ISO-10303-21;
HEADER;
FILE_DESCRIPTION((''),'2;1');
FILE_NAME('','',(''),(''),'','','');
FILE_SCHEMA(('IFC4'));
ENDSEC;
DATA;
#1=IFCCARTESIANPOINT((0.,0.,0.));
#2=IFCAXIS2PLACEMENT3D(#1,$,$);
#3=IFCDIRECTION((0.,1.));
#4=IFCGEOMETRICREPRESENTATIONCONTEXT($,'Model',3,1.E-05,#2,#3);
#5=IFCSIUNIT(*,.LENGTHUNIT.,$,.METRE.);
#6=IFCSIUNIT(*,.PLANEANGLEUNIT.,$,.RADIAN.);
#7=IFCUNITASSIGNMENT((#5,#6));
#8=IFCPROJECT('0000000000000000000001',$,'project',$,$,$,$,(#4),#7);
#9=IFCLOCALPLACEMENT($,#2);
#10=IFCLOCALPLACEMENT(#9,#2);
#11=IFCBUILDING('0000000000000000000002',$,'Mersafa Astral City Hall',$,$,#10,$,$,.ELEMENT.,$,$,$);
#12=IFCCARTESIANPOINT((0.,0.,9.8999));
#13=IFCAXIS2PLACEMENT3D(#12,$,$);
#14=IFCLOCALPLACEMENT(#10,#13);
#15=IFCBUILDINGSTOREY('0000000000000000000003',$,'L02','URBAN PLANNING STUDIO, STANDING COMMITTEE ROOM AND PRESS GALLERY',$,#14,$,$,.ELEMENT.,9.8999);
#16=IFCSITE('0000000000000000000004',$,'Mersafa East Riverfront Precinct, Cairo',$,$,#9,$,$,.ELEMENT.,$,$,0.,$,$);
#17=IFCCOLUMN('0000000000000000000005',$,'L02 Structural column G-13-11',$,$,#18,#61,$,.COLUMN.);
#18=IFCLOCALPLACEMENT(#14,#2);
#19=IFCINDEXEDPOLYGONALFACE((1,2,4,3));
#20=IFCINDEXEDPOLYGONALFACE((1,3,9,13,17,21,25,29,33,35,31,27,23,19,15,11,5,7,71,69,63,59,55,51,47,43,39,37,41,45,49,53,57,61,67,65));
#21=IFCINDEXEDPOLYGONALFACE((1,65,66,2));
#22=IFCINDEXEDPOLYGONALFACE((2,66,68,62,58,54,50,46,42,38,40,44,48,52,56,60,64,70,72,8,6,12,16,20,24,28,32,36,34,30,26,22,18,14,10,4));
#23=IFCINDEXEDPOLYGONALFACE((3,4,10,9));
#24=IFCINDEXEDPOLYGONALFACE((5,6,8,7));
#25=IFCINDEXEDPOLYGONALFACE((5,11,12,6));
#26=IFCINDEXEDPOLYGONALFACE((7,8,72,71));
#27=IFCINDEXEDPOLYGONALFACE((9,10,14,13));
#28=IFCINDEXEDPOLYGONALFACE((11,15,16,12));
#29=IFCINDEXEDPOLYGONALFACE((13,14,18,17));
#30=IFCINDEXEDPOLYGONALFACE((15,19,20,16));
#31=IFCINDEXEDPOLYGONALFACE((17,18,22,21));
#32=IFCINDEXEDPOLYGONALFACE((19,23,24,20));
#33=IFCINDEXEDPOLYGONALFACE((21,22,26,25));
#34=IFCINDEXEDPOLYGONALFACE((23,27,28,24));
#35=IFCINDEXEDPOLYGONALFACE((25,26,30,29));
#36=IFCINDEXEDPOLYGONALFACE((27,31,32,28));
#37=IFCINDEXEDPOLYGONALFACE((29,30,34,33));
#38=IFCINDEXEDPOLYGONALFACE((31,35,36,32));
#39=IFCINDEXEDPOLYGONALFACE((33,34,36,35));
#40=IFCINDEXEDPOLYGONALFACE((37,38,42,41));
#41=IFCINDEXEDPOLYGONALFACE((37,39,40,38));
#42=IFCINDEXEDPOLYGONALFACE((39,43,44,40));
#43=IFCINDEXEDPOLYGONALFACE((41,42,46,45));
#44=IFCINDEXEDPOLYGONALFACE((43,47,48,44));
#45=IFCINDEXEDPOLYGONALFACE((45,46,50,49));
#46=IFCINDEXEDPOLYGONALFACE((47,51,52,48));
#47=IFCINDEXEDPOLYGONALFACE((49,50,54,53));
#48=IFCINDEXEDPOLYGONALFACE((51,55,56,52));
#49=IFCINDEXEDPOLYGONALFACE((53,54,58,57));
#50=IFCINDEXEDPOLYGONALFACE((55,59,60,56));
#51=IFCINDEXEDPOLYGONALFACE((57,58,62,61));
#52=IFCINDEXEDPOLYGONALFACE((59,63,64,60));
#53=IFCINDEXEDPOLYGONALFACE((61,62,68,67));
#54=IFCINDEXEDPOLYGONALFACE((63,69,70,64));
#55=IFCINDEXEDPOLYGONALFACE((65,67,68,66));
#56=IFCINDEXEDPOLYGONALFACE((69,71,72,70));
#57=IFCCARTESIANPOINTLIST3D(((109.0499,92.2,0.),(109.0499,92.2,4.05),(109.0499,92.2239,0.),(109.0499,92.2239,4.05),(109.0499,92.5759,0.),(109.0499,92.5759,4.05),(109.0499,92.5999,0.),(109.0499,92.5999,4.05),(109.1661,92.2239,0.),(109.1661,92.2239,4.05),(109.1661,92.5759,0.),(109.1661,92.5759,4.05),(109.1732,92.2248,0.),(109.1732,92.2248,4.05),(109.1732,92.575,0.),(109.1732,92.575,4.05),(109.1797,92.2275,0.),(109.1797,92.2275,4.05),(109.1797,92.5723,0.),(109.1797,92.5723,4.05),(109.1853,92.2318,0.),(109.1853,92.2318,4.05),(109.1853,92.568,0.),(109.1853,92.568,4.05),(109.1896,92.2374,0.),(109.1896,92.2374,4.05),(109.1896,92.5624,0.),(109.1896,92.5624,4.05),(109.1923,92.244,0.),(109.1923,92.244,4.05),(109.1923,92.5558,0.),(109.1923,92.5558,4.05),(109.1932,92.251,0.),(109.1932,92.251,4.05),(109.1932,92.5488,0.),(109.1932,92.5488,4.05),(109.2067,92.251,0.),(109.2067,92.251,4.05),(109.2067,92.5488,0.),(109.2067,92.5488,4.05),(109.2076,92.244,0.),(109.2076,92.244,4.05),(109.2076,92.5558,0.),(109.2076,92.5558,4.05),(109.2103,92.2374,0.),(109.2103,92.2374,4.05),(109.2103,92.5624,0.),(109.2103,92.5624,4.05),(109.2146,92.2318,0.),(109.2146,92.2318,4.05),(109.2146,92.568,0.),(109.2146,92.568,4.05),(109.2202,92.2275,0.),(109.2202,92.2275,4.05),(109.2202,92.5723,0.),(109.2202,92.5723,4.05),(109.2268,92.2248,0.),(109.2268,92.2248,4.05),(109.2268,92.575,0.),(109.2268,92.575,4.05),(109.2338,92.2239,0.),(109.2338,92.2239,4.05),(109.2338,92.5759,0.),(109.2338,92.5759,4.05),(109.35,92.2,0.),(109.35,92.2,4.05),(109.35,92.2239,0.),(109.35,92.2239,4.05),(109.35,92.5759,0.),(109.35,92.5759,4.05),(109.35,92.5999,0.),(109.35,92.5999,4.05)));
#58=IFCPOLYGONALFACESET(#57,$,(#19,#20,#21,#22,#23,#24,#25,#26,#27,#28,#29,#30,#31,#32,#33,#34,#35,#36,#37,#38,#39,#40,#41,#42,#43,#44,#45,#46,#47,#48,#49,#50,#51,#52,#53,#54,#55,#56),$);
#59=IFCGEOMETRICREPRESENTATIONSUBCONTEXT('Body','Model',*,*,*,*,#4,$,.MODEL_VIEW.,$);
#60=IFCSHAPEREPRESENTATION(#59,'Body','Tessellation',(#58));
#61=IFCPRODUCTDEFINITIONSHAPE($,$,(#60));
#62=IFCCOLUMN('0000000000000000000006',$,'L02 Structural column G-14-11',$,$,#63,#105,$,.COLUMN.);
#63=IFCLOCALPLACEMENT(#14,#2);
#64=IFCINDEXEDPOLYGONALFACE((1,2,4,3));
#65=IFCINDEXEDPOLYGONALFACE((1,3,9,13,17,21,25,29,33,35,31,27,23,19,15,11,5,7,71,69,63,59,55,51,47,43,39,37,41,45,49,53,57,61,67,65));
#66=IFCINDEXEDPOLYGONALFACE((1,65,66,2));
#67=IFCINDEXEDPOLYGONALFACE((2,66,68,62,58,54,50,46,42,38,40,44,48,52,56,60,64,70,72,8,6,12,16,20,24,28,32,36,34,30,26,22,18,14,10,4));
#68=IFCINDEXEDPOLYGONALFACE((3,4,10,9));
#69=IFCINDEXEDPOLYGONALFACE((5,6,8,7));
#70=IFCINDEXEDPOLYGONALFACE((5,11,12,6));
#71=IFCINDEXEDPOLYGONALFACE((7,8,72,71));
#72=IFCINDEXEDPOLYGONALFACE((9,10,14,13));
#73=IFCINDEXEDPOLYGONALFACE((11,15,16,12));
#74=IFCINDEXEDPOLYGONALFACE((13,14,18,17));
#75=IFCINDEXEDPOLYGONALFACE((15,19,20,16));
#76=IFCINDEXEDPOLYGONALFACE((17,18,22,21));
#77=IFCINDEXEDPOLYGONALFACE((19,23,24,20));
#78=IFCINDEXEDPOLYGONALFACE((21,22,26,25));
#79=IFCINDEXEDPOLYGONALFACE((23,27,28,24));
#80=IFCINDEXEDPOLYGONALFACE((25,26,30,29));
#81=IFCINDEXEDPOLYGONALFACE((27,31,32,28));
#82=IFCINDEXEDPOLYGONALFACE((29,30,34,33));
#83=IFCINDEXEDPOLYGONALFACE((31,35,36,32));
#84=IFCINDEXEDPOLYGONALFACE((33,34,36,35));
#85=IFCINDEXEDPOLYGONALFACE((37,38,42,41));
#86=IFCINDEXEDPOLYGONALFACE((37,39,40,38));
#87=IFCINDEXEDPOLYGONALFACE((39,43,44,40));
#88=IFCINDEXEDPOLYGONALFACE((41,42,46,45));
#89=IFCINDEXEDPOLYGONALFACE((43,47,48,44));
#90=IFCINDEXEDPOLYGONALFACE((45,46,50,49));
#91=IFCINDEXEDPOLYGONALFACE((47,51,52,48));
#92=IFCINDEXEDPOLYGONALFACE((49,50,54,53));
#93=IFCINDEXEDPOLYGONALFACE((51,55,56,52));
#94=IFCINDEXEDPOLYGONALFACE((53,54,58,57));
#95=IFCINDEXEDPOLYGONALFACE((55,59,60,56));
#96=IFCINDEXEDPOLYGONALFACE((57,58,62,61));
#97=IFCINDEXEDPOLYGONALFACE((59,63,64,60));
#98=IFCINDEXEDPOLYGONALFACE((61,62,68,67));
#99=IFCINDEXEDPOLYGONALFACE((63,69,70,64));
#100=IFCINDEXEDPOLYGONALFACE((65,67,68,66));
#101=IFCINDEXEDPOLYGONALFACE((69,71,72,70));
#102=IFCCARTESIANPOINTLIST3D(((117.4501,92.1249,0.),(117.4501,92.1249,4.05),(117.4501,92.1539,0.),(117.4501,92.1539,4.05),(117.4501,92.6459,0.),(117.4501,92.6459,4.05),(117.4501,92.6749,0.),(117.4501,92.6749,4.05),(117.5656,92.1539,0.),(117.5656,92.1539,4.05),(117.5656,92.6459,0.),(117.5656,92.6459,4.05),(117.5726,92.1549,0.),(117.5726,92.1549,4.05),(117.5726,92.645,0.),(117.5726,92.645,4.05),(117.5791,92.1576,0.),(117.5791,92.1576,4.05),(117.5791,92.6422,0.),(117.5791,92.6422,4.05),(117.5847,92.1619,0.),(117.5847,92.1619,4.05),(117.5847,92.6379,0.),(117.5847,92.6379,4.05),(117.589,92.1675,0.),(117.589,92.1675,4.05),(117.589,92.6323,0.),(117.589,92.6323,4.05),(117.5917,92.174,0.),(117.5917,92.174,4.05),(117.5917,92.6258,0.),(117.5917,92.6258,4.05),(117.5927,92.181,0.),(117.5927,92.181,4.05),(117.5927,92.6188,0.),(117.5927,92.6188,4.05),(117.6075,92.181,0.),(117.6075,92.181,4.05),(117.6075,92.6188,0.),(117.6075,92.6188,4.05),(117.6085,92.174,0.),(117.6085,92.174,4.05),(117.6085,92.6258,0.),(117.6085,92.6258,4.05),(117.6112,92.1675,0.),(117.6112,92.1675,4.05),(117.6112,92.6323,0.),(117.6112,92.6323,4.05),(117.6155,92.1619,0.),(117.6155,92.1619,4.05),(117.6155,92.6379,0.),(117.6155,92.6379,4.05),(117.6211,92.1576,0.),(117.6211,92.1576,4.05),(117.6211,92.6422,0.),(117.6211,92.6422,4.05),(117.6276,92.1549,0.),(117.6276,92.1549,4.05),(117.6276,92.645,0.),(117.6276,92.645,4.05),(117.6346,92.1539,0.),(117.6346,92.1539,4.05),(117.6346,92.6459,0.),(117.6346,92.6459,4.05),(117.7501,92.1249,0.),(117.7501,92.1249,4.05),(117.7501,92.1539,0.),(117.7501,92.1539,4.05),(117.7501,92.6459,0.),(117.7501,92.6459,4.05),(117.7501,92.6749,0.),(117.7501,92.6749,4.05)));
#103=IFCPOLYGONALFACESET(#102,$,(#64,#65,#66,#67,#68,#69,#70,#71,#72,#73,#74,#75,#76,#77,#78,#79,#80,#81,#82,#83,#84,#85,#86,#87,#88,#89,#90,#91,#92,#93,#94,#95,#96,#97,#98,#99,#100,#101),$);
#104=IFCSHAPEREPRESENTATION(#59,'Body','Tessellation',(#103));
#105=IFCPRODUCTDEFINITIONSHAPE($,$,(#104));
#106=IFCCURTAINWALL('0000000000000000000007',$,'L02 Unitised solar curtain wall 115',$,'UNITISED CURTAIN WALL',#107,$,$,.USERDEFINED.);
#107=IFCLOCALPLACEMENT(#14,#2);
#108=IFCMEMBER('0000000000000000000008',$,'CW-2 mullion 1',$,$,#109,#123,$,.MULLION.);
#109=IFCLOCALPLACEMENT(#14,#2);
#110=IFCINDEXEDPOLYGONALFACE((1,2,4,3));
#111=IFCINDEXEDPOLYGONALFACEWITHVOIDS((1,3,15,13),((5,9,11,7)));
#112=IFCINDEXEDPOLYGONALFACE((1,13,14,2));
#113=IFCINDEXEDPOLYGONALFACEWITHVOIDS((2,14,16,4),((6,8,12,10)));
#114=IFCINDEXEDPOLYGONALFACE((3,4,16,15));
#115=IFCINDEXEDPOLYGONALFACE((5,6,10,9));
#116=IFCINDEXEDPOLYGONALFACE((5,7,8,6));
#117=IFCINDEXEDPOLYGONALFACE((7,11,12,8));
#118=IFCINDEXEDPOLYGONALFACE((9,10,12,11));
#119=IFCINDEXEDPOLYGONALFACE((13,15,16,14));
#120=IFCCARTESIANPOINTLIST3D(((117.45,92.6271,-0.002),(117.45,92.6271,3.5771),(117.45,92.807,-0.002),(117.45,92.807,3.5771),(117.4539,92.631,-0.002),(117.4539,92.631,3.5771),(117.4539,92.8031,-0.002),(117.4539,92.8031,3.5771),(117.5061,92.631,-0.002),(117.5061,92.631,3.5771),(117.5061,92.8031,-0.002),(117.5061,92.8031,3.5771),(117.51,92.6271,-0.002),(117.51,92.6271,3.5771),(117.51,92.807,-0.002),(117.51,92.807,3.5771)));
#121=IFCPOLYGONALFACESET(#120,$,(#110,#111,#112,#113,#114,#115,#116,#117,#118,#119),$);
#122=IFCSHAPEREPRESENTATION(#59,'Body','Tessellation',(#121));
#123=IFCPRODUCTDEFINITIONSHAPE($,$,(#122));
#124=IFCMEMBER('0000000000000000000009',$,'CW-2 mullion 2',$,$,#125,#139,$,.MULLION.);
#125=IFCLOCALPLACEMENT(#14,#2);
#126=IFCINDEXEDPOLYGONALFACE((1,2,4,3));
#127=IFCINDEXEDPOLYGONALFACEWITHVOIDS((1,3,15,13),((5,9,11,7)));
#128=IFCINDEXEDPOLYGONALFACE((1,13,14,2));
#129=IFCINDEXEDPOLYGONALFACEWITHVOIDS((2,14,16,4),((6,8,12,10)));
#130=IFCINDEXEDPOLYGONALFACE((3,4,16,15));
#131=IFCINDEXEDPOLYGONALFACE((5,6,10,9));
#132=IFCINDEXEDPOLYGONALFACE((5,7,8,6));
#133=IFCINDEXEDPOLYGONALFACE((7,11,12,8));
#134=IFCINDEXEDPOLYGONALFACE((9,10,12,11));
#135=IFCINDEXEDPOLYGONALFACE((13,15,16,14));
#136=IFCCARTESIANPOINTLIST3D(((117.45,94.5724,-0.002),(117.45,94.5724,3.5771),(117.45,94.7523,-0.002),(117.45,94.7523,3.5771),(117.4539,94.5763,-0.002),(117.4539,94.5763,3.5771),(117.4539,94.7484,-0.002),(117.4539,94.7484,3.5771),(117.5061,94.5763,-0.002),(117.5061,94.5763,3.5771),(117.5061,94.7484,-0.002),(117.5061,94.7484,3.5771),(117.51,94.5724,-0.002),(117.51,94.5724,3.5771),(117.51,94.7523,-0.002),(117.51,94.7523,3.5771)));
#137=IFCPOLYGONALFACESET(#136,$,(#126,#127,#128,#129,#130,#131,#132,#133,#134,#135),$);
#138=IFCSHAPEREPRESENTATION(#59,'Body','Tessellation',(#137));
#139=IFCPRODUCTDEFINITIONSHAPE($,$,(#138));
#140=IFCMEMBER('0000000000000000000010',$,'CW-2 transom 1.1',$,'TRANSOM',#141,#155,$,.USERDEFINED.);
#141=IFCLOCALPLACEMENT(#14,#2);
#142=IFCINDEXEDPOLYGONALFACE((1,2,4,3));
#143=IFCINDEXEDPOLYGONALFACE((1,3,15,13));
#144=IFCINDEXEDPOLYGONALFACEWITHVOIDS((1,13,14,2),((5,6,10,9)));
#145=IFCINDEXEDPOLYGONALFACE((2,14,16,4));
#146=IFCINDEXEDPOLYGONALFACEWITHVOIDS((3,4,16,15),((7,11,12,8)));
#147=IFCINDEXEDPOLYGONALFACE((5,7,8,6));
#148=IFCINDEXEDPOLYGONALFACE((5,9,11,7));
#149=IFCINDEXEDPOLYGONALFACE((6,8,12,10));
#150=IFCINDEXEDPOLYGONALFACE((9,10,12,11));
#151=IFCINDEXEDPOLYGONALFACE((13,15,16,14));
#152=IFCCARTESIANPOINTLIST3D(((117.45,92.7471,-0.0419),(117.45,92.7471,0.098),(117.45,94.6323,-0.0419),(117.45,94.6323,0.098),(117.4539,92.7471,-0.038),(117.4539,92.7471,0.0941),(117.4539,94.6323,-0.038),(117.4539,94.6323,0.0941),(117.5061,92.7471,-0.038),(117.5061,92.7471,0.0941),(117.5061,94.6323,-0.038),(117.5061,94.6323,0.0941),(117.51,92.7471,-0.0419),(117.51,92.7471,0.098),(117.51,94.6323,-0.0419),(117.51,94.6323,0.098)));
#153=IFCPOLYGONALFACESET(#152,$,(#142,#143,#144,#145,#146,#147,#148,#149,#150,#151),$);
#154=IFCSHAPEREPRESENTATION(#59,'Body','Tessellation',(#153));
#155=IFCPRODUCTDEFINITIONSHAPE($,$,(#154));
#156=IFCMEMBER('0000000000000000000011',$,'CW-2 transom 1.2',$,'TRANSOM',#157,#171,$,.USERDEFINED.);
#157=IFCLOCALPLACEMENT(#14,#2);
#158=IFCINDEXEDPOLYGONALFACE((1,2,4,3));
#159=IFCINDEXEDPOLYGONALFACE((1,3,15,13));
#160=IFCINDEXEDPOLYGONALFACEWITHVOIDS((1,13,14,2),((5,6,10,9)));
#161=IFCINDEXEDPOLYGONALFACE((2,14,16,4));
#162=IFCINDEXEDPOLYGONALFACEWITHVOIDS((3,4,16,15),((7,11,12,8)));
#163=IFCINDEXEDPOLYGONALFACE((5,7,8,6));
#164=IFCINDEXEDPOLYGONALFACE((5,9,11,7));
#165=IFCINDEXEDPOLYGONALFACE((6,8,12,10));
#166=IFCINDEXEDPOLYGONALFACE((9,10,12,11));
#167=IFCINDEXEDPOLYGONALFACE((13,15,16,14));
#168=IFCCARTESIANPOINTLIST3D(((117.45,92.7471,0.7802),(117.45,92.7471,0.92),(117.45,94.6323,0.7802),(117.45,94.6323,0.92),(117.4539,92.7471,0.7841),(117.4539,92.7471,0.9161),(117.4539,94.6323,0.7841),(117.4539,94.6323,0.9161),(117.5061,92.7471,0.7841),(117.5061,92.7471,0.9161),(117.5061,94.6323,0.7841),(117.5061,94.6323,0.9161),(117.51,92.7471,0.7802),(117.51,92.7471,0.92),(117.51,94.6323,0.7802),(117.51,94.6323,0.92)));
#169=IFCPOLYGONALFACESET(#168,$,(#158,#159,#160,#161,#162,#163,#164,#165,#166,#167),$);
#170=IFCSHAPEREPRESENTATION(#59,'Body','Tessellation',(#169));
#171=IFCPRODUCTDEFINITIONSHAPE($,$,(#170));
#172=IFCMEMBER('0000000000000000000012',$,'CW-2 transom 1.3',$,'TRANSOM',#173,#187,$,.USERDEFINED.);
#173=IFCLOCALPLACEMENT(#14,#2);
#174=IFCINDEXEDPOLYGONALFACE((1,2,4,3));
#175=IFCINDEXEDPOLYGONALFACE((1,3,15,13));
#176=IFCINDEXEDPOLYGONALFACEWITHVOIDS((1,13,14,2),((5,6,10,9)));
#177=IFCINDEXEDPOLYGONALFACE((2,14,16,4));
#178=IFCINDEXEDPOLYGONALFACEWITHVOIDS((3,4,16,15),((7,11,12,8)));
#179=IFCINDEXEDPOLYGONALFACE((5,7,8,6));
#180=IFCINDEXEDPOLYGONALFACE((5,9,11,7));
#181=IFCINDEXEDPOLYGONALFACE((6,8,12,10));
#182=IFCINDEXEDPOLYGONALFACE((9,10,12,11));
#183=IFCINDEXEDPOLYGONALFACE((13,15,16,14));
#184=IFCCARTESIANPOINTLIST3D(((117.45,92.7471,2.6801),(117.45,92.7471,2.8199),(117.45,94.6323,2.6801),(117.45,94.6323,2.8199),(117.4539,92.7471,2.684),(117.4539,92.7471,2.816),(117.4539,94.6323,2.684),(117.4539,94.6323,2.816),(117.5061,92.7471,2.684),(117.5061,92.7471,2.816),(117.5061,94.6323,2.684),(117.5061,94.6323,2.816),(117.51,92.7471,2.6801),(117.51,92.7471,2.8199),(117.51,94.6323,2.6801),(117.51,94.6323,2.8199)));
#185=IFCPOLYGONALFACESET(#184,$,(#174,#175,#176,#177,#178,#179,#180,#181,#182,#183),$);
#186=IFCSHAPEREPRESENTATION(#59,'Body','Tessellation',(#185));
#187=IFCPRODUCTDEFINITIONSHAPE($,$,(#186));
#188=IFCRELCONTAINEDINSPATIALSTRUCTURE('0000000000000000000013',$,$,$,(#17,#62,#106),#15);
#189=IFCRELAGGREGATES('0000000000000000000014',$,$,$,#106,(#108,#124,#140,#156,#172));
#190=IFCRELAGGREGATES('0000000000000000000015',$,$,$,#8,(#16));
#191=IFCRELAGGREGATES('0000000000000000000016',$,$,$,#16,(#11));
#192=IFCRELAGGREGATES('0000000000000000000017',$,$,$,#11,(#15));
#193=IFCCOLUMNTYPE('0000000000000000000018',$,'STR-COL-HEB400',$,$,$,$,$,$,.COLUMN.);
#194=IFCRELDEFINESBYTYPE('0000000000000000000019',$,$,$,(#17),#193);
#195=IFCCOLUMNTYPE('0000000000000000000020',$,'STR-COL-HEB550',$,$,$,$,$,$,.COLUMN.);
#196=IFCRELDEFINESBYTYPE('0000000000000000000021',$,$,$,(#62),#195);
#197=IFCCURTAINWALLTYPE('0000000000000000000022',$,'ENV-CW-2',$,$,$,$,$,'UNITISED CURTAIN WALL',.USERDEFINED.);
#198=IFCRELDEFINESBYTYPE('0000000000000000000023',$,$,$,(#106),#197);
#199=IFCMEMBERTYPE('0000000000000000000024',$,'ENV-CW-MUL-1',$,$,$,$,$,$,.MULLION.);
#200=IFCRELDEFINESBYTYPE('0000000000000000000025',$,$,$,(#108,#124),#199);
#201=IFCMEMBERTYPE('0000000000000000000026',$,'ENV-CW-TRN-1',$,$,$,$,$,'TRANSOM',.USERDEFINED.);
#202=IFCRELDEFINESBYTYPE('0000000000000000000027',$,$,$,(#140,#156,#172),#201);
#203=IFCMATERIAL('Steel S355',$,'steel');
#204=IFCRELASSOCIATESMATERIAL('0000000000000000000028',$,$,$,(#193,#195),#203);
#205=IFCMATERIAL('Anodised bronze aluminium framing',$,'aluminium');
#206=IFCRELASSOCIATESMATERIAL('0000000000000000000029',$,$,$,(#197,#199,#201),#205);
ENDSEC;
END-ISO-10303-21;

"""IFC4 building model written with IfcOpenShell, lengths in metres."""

from ifc_helpers import new_model, si_unit, direction, frame, origin, origin_2d, place, context, subcontext, project, spatial, hollow_rectangle, i_section, extrude, material, material_profile, profile_set, type_object, element, aggregate, save


model = new_model("IFC4")

# Units and contexts
model_context = context("Model", 3, precision=1e-05, world=origin(), true_north=direction((0.0, 1.0)))
body_context = subcontext(model_context, "Body", "Model", "MODEL_VIEW")
ifc_project = project(units=[si_unit("LENGTHUNIT", "METRE"), si_unit("PLANEANGLEUNIT", "RADIAN")], contexts=[model_context])

# Site, building, storey
site_placement = place(None, origin())
site = spatial("IfcSite", under=ifc_project, at=site_placement, Name="Mersafa East Riverfront Precinct, Cairo", CompositionType="ELEMENT", RefElevation=0.0)
building_placement = place(site_placement, origin())
building = spatial("IfcBuilding", under=site, at=building_placement, Name="Mersafa Astral City Hall", CompositionType="ELEMENT")
storey_placement = place(building_placement, frame((0.0, 0.0, 9.8999)))
storey = spatial("IfcBuildingStorey", under=building, at=storey_placement, Name="L02", Description="URBAN PLANNING STUDIO, STANDING COMMITTEE ROOM AND PRESS GALLERY", CompositionType="ELEMENT", Elevation=9.8999)

# Columns
ifc_material_1 = material(Name="Steel S355", Category="steel")
ifc_material_profile_1 = material_profile(ifc_material_1, i_section(OverallWidth=0.3, OverallDepth=0.3999, WebThickness=0.0134, FlangeThickness=0.0239, FilletRadius=0.0271, at=origin_2d()), Name="HEB 400")
ifc_profile_set_1 = profile_set([ifc_material_profile_1], Name="Steel S355")
column_type_1 = type_object("IfcColumnType", Name="STR-COL-HEB400", PredefinedType="COLUMN", material=ifc_profile_set_1)
column_1_placement = place(storey_placement, frame((109.2, 92.3999, 0.0), z_axis=(0.0, 0.0, 1.0), x_axis=(1.0, 0.0, 0.0)))
element("IfcColumn", 1, at=column_1_placement, inside=storey, type_object=column_type_1, Name="L02 Structural column G-13-11", PredefinedType="COLUMN", context=body_context, shape_type="SweptSolid", body=[
    extrude(i_section(OverallWidth=0.3, OverallDepth=0.3999, WebThickness=0.0134, FlangeThickness=0.0239, FilletRadius=0.0271, at=origin_2d()), origin(), (0.0, 0.0, 1.0), 4.05),
])
ifc_material_profile_2 = material_profile(ifc_material_1, i_section(OverallWidth=0.3, OverallDepth=0.55, WebThickness=0.0149, FlangeThickness=0.0291, FilletRadius=0.0271, at=origin_2d()), Name="HEB 550")
ifc_profile_set_2 = profile_set([ifc_material_profile_2], Name="Steel S355")
column_type_2 = type_object("IfcColumnType", Name="STR-COL-HEB550", PredefinedType="COLUMN", material=ifc_profile_set_2)
column_2_placement = place(storey_placement, frame((117.6001, 92.3999, 0.0), z_axis=(0.0, 0.0, 1.0), x_axis=(1.0, 0.0, 0.0)))
element("IfcColumn", 2, at=column_2_placement, inside=storey, type_object=column_type_2, Name="L02 Structural column G-14-11", PredefinedType="COLUMN", context=body_context, shape_type="SweptSolid", body=[
    extrude(i_section(OverallWidth=0.3, OverallDepth=0.55, WebThickness=0.0149, FlangeThickness=0.0291, FilletRadius=0.0271, at=origin_2d()), origin(), (0.0, 0.0, 1.0), 4.05),
])

# Curtain wall, members
ifc_material_2 = material(Name="Anodised bronze aluminium framing", Category="aluminium")
curtain_wall_type = type_object("IfcCurtainWallType", Name="ENV-CW-2", ElementType="UNITISED CURTAIN WALL", PredefinedType="USERDEFINED", material=ifc_material_2)
curtain_wall_placement = place(storey_placement, origin())
curtain_wall = element("IfcCurtainWall", 3, at=curtain_wall_placement, inside=storey, type_object=curtain_wall_type, Name="L02 Unitised solar curtain wall 115", ObjectType="UNITISED CURTAIN WALL", PredefinedType="USERDEFINED")
ifc_material_profile_3 = material_profile(ifc_material_2, hollow_rectangle(XDim=0.0601, YDim=0.1799, WallThickness=0.0039, at=origin_2d()), Name="RHS 60x180x4")
ifc_profile_set_3 = profile_set([ifc_material_profile_3], Name="Anodised bronze aluminium framing")
member_type_1 = type_object("IfcMemberType", Name="ENV-CW-MUL-1", PredefinedType="MULLION", material=ifc_profile_set_3)
member_1_placement = place(storey_placement, frame((117.48, 92.717, -0.002), z_axis=(0.0, 0.0, 1.0), x_axis=(-1.0, 0.0, 0.0)))
member_1 = element("IfcMember", 4, at=member_1_placement, type_object=member_type_1, Name="CW-2 mullion 1", PredefinedType="MULLION", context=body_context, shape_type="SweptSolid", body=[
    extrude(hollow_rectangle(XDim=0.0601, YDim=0.1799, WallThickness=0.0039, at=origin_2d()), origin(), (0.0, 0.0, 1.0), 3.5791),
])
member_2_placement = place(storey_placement, frame((117.48, 94.6624, -0.002), z_axis=(0.0, 0.0, 1.0), x_axis=(-1.0, 0.0, 0.0)))
member_2 = element("IfcMember", 5, at=member_2_placement, type_object=member_type_1, Name="CW-2 mullion 2", PredefinedType="MULLION", context=body_context, shape_type="SweptSolid", body=[
    extrude(hollow_rectangle(XDim=0.0601, YDim=0.1799, WallThickness=0.0039, at=origin_2d()), origin(), (0.0, 0.0, 1.0), 3.5791),
])
ifc_material_profile_4 = material_profile(ifc_material_2, hollow_rectangle(XDim=0.0601, YDim=0.1399, WallThickness=0.0039, at=origin_2d()), Name="RHS 60x140x4")
ifc_profile_set_4 = profile_set([ifc_material_profile_4], Name="Anodised bronze aluminium framing")
member_type_2 = type_object("IfcMemberType", Name="ENV-CW-TRN-1", ElementType="TRANSOM", PredefinedType="USERDEFINED", material=ifc_profile_set_4)
member_3_placement = place(storey_placement, frame((117.48, 92.7471, 0.0281), z_axis=(0.0, 1.0, 0.0), x_axis=(-1.0, 0.0, 0.0)))
member_3 = element("IfcMember", 6, at=member_3_placement, type_object=member_type_2, Name="CW-2 transom 1.1", ObjectType="TRANSOM", PredefinedType="USERDEFINED", context=body_context, shape_type="SweptSolid", body=[
    extrude(hollow_rectangle(XDim=0.0601, YDim=0.1399, WallThickness=0.0039, at=origin_2d()), origin(), (0.0, 0.0, 1.0), 1.8853),
])
member_4_placement = place(storey_placement, frame((117.48, 92.7471, 0.8501), z_axis=(0.0, 1.0, 0.0), x_axis=(-1.0, 0.0, 0.0)))
member_4 = element("IfcMember", 7, at=member_4_placement, type_object=member_type_2, Name="CW-2 transom 1.2", ObjectType="TRANSOM", PredefinedType="USERDEFINED", context=body_context, shape_type="SweptSolid", body=[
    extrude(hollow_rectangle(XDim=0.0601, YDim=0.1399, WallThickness=0.0039, at=origin_2d()), origin(), (0.0, 0.0, 1.0), 1.8853),
])
member_5_placement = place(storey_placement, frame((117.48, 92.7471, 2.75), z_axis=(0.0, 1.0, 0.0), x_axis=(-1.0, 0.0, 0.0)))
member_5 = element("IfcMember", 8, at=member_5_placement, type_object=member_type_2, Name="CW-2 transom 1.3", ObjectType="TRANSOM", PredefinedType="USERDEFINED", context=body_context, shape_type="SweptSolid", body=[
    extrude(hollow_rectangle(XDim=0.0601, YDim=0.1399, WallThickness=0.0039, at=origin_2d()), origin(), (0.0, 0.0, 1.0), 1.8853),
])

aggregate(curtain_wall, [member_1, member_2, member_3, member_4, member_5])

save(model, "model.ifc")
